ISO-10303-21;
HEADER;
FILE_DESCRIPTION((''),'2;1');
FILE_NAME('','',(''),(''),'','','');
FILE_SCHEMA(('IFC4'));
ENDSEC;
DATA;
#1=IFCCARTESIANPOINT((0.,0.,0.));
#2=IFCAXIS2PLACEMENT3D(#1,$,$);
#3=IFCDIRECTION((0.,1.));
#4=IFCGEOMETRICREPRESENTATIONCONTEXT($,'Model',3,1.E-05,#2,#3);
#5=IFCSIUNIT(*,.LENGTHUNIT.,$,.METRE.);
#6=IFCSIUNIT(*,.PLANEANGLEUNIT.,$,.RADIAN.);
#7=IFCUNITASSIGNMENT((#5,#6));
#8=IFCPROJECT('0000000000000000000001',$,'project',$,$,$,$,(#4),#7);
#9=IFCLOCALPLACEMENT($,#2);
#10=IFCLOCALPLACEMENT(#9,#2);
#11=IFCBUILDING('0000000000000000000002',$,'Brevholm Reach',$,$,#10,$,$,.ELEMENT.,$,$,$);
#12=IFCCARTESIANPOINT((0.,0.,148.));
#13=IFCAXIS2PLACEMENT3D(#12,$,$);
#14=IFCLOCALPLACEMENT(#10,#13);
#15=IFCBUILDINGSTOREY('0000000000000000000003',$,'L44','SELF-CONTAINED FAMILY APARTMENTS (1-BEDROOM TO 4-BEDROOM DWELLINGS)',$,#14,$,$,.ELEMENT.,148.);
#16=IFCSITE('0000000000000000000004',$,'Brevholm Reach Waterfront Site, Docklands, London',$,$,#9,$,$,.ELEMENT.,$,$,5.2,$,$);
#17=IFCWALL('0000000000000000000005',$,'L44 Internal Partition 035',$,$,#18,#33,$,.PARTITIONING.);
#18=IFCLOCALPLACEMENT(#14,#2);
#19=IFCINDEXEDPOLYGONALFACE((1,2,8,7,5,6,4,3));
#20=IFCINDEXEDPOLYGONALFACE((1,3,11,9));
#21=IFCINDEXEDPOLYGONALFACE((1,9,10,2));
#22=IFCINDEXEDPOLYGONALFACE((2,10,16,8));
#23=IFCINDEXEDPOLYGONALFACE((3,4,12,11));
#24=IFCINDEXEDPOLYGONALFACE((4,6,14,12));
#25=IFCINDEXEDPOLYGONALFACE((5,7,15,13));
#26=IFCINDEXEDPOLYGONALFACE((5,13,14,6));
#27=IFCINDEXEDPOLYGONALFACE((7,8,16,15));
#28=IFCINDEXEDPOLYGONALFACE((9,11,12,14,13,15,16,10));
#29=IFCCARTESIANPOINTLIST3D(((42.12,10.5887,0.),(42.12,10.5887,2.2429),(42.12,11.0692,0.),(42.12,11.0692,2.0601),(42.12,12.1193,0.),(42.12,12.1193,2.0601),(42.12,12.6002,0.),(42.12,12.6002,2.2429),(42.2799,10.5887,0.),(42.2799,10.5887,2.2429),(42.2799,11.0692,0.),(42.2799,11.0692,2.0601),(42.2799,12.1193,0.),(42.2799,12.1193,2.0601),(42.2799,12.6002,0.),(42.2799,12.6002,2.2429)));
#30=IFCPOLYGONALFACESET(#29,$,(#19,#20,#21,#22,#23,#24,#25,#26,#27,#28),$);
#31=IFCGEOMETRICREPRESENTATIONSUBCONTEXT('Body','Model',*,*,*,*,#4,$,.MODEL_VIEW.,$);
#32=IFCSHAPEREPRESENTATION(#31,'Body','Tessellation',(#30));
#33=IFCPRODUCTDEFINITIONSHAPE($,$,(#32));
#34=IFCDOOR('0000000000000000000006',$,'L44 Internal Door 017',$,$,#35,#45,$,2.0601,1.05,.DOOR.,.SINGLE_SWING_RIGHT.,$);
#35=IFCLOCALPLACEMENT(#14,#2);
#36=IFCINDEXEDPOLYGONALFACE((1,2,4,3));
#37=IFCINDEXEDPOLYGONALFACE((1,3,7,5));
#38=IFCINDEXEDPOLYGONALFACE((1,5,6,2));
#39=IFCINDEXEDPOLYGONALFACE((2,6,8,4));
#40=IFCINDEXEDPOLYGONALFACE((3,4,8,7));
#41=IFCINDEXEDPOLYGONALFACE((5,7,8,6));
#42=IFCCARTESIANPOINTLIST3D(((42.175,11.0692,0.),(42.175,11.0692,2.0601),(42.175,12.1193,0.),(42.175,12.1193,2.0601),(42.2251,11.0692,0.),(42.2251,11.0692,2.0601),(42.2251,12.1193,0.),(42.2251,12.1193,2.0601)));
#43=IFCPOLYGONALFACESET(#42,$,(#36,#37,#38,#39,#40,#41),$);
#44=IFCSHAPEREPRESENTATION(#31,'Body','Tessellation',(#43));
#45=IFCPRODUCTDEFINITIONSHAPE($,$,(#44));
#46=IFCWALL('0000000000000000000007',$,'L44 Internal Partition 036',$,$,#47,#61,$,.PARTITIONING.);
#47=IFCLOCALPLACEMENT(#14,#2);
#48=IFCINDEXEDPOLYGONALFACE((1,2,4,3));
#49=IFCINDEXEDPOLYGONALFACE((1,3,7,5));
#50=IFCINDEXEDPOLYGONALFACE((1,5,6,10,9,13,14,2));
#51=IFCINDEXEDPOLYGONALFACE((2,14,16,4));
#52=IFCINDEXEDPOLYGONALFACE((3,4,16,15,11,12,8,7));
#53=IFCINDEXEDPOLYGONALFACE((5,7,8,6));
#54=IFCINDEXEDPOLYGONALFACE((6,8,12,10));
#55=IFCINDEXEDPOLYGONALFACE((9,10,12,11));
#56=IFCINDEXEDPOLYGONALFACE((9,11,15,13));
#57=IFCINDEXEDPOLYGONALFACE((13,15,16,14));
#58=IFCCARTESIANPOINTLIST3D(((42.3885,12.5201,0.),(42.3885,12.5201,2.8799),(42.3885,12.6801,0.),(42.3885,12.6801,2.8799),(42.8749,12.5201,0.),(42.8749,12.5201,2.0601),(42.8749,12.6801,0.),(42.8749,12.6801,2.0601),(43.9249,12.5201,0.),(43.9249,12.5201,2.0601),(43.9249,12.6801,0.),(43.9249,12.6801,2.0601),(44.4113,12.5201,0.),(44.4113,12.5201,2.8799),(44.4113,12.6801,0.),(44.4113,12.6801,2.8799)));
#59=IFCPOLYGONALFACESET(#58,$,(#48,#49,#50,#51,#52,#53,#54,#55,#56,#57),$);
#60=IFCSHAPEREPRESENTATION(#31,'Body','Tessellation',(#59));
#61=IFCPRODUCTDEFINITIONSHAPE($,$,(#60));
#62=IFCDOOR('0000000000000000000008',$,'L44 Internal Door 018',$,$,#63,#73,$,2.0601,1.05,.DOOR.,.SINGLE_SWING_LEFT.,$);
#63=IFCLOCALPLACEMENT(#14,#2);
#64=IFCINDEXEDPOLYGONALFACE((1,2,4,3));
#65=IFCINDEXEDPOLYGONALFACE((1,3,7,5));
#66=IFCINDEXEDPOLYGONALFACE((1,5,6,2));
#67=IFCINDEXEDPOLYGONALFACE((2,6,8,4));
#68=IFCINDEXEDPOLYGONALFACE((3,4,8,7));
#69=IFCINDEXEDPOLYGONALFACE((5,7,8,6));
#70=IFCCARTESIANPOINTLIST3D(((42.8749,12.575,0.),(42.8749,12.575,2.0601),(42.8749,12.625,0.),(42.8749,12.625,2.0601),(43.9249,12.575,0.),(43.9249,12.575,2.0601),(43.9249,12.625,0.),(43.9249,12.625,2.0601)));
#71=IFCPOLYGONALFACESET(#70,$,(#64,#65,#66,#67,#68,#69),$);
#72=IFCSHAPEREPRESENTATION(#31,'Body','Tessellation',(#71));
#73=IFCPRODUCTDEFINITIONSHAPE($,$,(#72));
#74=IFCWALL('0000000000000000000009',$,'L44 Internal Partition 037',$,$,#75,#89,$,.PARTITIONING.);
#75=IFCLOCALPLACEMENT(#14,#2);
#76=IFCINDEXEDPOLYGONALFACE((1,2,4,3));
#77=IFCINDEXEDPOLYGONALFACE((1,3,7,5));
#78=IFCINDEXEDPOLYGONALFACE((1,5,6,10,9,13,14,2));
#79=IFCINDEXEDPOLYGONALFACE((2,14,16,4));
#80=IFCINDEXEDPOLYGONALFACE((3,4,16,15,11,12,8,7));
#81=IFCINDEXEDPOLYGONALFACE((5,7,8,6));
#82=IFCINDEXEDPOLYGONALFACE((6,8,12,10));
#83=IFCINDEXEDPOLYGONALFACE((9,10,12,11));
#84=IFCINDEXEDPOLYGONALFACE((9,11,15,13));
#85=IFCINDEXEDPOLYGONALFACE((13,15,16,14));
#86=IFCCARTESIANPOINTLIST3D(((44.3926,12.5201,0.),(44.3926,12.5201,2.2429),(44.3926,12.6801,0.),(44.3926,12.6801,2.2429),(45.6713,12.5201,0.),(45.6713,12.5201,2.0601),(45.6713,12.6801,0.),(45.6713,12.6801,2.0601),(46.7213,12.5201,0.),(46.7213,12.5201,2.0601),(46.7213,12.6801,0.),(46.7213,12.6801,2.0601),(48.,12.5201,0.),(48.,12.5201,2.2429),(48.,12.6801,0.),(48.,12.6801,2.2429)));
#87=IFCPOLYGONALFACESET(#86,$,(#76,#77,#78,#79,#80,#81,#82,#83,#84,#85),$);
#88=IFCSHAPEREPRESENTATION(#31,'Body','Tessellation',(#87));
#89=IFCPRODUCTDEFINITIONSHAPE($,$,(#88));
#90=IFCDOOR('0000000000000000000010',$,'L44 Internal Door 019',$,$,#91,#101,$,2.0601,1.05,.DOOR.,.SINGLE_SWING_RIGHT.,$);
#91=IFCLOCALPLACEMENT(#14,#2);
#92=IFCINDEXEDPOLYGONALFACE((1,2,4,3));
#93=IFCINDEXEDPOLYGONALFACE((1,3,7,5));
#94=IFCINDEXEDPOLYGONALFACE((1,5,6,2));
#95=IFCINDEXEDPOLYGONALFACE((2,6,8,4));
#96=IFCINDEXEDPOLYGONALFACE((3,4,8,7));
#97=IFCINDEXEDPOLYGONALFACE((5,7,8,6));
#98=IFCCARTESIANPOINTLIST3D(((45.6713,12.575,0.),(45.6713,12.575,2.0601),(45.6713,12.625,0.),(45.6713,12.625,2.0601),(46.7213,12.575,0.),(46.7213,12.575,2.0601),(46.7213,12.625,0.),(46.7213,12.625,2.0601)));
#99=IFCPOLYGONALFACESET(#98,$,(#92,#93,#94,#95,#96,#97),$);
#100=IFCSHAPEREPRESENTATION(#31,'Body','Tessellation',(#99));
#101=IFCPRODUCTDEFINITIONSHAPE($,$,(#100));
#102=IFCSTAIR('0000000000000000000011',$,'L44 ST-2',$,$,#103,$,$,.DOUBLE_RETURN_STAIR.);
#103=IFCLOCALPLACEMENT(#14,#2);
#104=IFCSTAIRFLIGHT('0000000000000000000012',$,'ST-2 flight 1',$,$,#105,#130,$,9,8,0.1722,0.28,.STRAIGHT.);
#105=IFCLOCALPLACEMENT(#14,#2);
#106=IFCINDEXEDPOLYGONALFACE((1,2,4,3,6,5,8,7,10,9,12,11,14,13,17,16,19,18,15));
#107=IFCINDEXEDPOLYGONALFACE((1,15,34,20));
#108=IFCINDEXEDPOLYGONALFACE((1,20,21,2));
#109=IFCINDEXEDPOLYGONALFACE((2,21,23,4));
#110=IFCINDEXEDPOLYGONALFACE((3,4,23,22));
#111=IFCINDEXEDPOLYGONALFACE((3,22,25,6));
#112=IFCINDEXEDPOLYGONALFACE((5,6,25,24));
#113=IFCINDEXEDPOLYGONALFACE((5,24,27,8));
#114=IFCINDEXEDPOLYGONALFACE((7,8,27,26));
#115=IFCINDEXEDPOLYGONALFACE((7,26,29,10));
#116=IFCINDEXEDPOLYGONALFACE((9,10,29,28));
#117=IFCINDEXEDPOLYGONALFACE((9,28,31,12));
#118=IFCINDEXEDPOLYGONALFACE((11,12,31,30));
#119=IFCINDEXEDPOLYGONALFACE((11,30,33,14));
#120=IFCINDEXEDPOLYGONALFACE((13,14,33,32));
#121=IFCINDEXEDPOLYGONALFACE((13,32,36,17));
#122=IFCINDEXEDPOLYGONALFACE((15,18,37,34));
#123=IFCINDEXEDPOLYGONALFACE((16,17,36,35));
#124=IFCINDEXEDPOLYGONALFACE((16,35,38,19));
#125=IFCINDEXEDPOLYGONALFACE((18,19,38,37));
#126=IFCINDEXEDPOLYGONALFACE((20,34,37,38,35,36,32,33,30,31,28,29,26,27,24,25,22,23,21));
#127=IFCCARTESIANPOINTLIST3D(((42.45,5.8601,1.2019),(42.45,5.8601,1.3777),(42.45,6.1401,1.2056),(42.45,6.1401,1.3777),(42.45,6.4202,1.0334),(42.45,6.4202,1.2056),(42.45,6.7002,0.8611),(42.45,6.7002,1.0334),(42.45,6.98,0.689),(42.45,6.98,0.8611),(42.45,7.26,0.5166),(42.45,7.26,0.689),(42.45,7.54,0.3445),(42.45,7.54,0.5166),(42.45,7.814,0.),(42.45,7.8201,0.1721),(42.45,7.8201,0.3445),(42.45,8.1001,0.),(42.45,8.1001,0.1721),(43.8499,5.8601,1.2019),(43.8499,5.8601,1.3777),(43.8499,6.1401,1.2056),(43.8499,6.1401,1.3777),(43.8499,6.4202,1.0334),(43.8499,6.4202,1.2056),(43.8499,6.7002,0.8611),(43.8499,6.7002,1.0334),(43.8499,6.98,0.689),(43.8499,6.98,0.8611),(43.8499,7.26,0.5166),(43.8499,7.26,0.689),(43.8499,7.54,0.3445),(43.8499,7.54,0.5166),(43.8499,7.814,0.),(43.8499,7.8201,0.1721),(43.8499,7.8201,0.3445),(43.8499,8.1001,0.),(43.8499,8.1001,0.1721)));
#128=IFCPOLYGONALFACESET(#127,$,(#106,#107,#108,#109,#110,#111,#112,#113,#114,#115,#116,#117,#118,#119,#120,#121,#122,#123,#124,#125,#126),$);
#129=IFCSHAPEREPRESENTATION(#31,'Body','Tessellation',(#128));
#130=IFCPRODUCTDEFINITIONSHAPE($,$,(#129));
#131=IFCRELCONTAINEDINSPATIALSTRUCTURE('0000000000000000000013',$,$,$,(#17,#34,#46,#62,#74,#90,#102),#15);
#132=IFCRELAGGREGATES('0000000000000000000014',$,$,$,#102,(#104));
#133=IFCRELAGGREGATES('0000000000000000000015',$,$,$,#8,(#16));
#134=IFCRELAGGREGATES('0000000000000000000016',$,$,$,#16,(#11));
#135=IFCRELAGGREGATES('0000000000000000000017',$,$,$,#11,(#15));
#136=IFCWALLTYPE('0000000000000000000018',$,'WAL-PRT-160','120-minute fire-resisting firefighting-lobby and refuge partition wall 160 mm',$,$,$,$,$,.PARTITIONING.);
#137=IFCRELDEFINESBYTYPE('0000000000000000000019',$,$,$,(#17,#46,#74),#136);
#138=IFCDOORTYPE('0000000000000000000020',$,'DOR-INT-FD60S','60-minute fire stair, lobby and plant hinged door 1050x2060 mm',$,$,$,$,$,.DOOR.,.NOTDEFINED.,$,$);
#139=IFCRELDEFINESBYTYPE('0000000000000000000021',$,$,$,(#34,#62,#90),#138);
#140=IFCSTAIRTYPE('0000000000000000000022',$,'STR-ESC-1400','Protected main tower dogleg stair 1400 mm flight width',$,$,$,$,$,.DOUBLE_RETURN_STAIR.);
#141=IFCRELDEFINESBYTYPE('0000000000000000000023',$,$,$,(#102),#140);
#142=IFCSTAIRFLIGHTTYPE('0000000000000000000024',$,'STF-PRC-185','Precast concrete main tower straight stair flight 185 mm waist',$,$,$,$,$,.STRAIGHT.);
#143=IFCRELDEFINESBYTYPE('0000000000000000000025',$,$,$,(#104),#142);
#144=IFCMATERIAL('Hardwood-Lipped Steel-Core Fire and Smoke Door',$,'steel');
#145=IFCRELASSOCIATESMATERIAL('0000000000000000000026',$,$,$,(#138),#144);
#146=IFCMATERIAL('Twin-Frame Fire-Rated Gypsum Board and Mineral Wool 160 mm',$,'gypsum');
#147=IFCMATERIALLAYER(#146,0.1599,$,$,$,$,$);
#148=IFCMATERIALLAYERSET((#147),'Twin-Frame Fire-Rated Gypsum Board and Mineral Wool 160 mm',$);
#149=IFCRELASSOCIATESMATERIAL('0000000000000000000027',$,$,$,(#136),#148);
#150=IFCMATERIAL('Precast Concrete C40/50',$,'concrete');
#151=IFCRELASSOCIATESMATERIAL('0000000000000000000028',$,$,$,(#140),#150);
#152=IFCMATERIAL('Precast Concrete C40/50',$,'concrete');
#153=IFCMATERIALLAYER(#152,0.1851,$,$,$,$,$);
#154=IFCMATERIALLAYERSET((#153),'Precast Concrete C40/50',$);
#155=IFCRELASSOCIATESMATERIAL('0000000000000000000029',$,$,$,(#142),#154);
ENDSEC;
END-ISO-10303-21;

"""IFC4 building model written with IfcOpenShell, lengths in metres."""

from ifc_helpers import new_model, si_unit, direction, frame, frame_2d, origin, place, context, subcontext, project, spatial, polyline, rectangle, outline, extrude, material, layer, layer_set, type_object, element, fill, aggregate, save


model = new_model("IFC4")

# Units and contexts
model_context = context("Model", 3, precision=1e-05, world=origin(), true_north=direction((0.0, 1.0)))
body_context = subcontext(model_context, "Body", "Model", "MODEL_VIEW")
ifc_project = project(units=[si_unit("LENGTHUNIT", "METRE"), si_unit("PLANEANGLEUNIT", "RADIAN")], contexts=[model_context])

# Site, building, storey
site_placement = place(None, origin())
site = spatial("IfcSite", under=ifc_project, at=site_placement, Name="Brevholm Reach Waterfront Site, Docklands, London", CompositionType="ELEMENT", RefElevation=5.2)
building_placement = place(site_placement, origin())
building = spatial("IfcBuilding", under=site, at=building_placement, Name="Brevholm Reach", CompositionType="ELEMENT")
storey_placement = place(building_placement, frame((0.0, 0.0, 148.0)))
storey = spatial("IfcBuildingStorey", under=building, at=storey_placement, Name="L44", Description="SELF-CONTAINED FAMILY APARTMENTS (1-BEDROOM TO 4-BEDROOM DWELLINGS)", CompositionType="ELEMENT", Elevation=148.0)

# Shared definitions
ifc_material_1 = material(Name="Hardwood-Lipped Steel-Core Fire and Smoke Door", Category="steel")
door_type_1 = type_object("IfcDoorType", Name="DOR-INT-FD60S", Description="60-minute fire stair, lobby and plant hinged door 1050x2060 mm", OperationType="NOTDEFINED", PredefinedType="DOOR", material=ifc_material_1)

# Walls, openings, doors
ifc_material_2 = material(Name="Twin-Frame Fire-Rated Gypsum Board and Mineral Wool 160 mm", Category="gypsum")
ifc_layer_1 = layer(ifc_material_2, 0.1599)
ifc_layer_set_1 = layer_set([ifc_layer_1], Name="Twin-Frame Fire-Rated Gypsum Board and Mineral Wool 160 mm")
wall_type_1 = type_object("IfcWallType", Name="WAL-PRT-160", Description="120-minute fire-resisting firefighting-lobby and refuge partition wall 160 mm", PredefinedType="PARTITIONING", material=ifc_layer_set_1)
wall_1_placement = place(storey_placement, frame((42.2, 10.5886, 0.0), z_axis=(0.0, 0.0, 1.0), x_axis=(0.0, 1.0, 0.0)))
wall_1 = element("IfcWall", 1, at=wall_1_placement, inside=storey, type_object=wall_type_1, Name="L44 Internal Partition 035", PredefinedType="PARTITIONING", context=body_context, shape_type="SweptSolid", body=[
    extrude(rectangle(XDim=2.0115, YDim=0.1599, at=frame_2d((1.0059, 0.0))), origin(), (0.0, 0.0, 1.0), 2.2429),
])
opening_1_placement = place(wall_1_placement, frame((0.4807, 0.0, 0.0)))
opening_1 = element("IfcOpeningElement", 2, at=opening_1_placement, cuts=wall_1, PredefinedType="OPENING", context=body_context, shape_type="SweptSolid", body=[
    extrude(rectangle(XDim=1.05, YDim=2.0601, at=frame_2d((0.5249, 1.03))), frame((0.0, 0.0898, 0.0), z_axis=(0.0, -1.0, 0.0), x_axis=(1.0, 0.0, 0.0)), (0.0, 0.0, 1.0), 0.1799),
])
door_1_placement = place(opening_1_placement, origin())
door_1 = element("IfcDoor", 3, at=door_1_placement, inside=storey, type_object=door_type_1, Name="L44 Internal Door 017", OperationType="SINGLE_SWING_RIGHT", OverallHeight=2.0601, OverallWidth=1.05, PredefinedType="DOOR", context=body_context, shape_type="SweptSolid", body=[
    extrude(rectangle(XDim=1.05, YDim=2.0601, at=frame_2d((0.5249, 1.03))), frame((0.0, 0.0249, 0.0), z_axis=(0.0, -1.0, 0.0), x_axis=(1.0, 0.0, 0.0)), (0.0, 0.0, 1.0), 0.05),
])
fill(opening_1, door_1)
wall_2_placement = place(storey_placement, frame((42.3887, 12.6001, 0.0), z_axis=(0.0, 0.0, 1.0), x_axis=(1.0, 0.0, 0.0)))
wall_2 = element("IfcWall", 4, at=wall_2_placement, inside=storey, type_object=wall_type_1, Name="L44 Internal Partition 036", PredefinedType="PARTITIONING", context=body_context, shape_type="SweptSolid", body=[
    extrude(rectangle(XDim=2.0227, YDim=0.1599, at=frame_2d((1.0112, 0.0))), origin(), (0.0, 0.0, 1.0), 2.8799),
])
opening_2_placement = place(wall_2_placement, frame((0.4863, 0.0, 0.0)))
opening_2 = element("IfcOpeningElement", 5, at=opening_2_placement, cuts=wall_2, PredefinedType="OPENING", context=body_context, shape_type="SweptSolid", body=[
    extrude(rectangle(XDim=1.05, YDim=2.0601, at=frame_2d((0.5249, 1.03))), frame((0.0, 0.0898, 0.0), z_axis=(0.0, -1.0, 0.0), x_axis=(1.0, 0.0, 0.0)), (0.0, 0.0, 1.0), 0.1799),
])
door_2_placement = place(opening_2_placement, origin())
door_2 = element("IfcDoor", 6, at=door_2_placement, inside=storey, type_object=door_type_1, Name="L44 Internal Door 018", OperationType="SINGLE_SWING_LEFT", OverallHeight=2.0601, OverallWidth=1.05, PredefinedType="DOOR", context=body_context, shape_type="SweptSolid", body=[
    extrude(rectangle(XDim=1.05, YDim=2.0601, at=frame_2d((0.5249, 1.03))), frame((0.0, 0.0249, 0.0), z_axis=(0.0, -1.0, 0.0), x_axis=(1.0, 0.0, 0.0)), (0.0, 0.0, 1.0), 0.05),
])
fill(opening_2, door_2)
wall_3_placement = place(storey_placement, frame((44.3926, 12.6001, 0.0), z_axis=(0.0, 0.0, 1.0), x_axis=(1.0, 0.0, 0.0)))
wall_3 = element("IfcWall", 7, at=wall_3_placement, inside=storey, type_object=wall_type_1, Name="L44 Internal Partition 037", PredefinedType="PARTITIONING", context=body_context, shape_type="SweptSolid", body=[
    extrude(rectangle(XDim=3.6074, YDim=0.1599, at=frame_2d((1.8037, 0.0))), origin(), (0.0, 0.0, 1.0), 2.2429),
])
opening_3_placement = place(wall_3_placement, frame((1.2788, 0.0, 0.0)))
opening_3 = element("IfcOpeningElement", 8, at=opening_3_placement, cuts=wall_3, PredefinedType="OPENING", context=body_context, shape_type="SweptSolid", body=[
    extrude(rectangle(XDim=1.05, YDim=2.0601, at=frame_2d((0.5249, 1.03))), frame((0.0, 0.0898, 0.0), z_axis=(0.0, -1.0, 0.0), x_axis=(1.0, 0.0, 0.0)), (0.0, 0.0, 1.0), 0.1799),
])
door_3_placement = place(opening_3_placement, origin())
door_3 = element("IfcDoor", 9, at=door_3_placement, inside=storey, type_object=door_type_1, Name="L44 Internal Door 019", OperationType="SINGLE_SWING_RIGHT", OverallHeight=2.0601, OverallWidth=1.05, PredefinedType="DOOR", context=body_context, shape_type="SweptSolid", body=[
    extrude(rectangle(XDim=1.05, YDim=2.0601, at=frame_2d((0.5249, 1.03))), frame((0.0, 0.0249, 0.0), z_axis=(0.0, -1.0, 0.0), x_axis=(1.0, 0.0, 0.0)), (0.0, 0.0, 1.0), 0.05),
])
fill(opening_3, door_3)

# Stair, stair flight
ifc_material_3 = material(Name="Precast Concrete C40/50", Category="concrete")
stair_type = type_object("IfcStairType", Name="STR-ESC-1400", Description="Protected main tower dogleg stair 1400 mm flight width", PredefinedType="DOUBLE_RETURN_STAIR", material=ifc_material_3)
stair_placement = place(storey_placement, origin())
stair = element("IfcStair", 10, at=stair_placement, inside=storey, type_object=stair_type, Name="L44 ST-2", PredefinedType="DOUBLE_RETURN_STAIR")
ifc_material_4 = material(Name="Precast Concrete C40/50", Category="concrete")
ifc_layer_2 = layer(ifc_material_4, 0.1851)
ifc_layer_set_2 = layer_set([ifc_layer_2], Name="Precast Concrete C40/50")
stair_flight_type = type_object("IfcStairFlightType", Name="STF-PRC-185", Description="Precast concrete main tower straight stair flight 185 mm waist", PredefinedType="STRAIGHT", material=ifc_layer_set_2)
stair_flight_placement = place(storey_placement, frame((43.1499, 8.1001, 0.0), z_axis=(0.0, 0.0, 1.0), x_axis=(0.0, -1.0, 0.0)))
stair_flight = element("IfcStairFlight", 11, at=stair_flight_placement, type_object=stair_flight_type, Name="ST-2 flight 1", NumberOfRisers=9, NumberOfTreads=8, PredefinedType="STRAIGHT", RiserHeight=0.1722, TreadLength=0.28, context=body_context, shape_type="SweptSolid", body=[
    extrude(outline(polyline([(0.0, 0.0), (0.0, 0.1721), (0.28, 0.1721), (0.28, 0.3445), (0.5601, 0.3445), (0.5601, 0.5166), (0.8401, 0.5166), (0.8401, 0.689), (1.1201, 0.689), (1.1201, 0.8611), (1.3999, 0.8611), (1.3999, 1.0334), (1.6799, 1.0334), (1.6799, 1.2056), (1.96, 1.2056), (1.96, 1.3777), (2.24, 1.3777), (2.24, 1.55), (2.24, 1.2019), (0.2861, 0.0), (0.0, 0.0)])), frame((0.0, 0.7, 0.0), z_axis=(0.0, -1.0, 0.0), x_axis=(1.0, 0.0, 0.0)), (0.0, 0.0, 1.0), 1.3999),
])
aggregate(stair, [stair_flight])

save(model, "model.ifc")
